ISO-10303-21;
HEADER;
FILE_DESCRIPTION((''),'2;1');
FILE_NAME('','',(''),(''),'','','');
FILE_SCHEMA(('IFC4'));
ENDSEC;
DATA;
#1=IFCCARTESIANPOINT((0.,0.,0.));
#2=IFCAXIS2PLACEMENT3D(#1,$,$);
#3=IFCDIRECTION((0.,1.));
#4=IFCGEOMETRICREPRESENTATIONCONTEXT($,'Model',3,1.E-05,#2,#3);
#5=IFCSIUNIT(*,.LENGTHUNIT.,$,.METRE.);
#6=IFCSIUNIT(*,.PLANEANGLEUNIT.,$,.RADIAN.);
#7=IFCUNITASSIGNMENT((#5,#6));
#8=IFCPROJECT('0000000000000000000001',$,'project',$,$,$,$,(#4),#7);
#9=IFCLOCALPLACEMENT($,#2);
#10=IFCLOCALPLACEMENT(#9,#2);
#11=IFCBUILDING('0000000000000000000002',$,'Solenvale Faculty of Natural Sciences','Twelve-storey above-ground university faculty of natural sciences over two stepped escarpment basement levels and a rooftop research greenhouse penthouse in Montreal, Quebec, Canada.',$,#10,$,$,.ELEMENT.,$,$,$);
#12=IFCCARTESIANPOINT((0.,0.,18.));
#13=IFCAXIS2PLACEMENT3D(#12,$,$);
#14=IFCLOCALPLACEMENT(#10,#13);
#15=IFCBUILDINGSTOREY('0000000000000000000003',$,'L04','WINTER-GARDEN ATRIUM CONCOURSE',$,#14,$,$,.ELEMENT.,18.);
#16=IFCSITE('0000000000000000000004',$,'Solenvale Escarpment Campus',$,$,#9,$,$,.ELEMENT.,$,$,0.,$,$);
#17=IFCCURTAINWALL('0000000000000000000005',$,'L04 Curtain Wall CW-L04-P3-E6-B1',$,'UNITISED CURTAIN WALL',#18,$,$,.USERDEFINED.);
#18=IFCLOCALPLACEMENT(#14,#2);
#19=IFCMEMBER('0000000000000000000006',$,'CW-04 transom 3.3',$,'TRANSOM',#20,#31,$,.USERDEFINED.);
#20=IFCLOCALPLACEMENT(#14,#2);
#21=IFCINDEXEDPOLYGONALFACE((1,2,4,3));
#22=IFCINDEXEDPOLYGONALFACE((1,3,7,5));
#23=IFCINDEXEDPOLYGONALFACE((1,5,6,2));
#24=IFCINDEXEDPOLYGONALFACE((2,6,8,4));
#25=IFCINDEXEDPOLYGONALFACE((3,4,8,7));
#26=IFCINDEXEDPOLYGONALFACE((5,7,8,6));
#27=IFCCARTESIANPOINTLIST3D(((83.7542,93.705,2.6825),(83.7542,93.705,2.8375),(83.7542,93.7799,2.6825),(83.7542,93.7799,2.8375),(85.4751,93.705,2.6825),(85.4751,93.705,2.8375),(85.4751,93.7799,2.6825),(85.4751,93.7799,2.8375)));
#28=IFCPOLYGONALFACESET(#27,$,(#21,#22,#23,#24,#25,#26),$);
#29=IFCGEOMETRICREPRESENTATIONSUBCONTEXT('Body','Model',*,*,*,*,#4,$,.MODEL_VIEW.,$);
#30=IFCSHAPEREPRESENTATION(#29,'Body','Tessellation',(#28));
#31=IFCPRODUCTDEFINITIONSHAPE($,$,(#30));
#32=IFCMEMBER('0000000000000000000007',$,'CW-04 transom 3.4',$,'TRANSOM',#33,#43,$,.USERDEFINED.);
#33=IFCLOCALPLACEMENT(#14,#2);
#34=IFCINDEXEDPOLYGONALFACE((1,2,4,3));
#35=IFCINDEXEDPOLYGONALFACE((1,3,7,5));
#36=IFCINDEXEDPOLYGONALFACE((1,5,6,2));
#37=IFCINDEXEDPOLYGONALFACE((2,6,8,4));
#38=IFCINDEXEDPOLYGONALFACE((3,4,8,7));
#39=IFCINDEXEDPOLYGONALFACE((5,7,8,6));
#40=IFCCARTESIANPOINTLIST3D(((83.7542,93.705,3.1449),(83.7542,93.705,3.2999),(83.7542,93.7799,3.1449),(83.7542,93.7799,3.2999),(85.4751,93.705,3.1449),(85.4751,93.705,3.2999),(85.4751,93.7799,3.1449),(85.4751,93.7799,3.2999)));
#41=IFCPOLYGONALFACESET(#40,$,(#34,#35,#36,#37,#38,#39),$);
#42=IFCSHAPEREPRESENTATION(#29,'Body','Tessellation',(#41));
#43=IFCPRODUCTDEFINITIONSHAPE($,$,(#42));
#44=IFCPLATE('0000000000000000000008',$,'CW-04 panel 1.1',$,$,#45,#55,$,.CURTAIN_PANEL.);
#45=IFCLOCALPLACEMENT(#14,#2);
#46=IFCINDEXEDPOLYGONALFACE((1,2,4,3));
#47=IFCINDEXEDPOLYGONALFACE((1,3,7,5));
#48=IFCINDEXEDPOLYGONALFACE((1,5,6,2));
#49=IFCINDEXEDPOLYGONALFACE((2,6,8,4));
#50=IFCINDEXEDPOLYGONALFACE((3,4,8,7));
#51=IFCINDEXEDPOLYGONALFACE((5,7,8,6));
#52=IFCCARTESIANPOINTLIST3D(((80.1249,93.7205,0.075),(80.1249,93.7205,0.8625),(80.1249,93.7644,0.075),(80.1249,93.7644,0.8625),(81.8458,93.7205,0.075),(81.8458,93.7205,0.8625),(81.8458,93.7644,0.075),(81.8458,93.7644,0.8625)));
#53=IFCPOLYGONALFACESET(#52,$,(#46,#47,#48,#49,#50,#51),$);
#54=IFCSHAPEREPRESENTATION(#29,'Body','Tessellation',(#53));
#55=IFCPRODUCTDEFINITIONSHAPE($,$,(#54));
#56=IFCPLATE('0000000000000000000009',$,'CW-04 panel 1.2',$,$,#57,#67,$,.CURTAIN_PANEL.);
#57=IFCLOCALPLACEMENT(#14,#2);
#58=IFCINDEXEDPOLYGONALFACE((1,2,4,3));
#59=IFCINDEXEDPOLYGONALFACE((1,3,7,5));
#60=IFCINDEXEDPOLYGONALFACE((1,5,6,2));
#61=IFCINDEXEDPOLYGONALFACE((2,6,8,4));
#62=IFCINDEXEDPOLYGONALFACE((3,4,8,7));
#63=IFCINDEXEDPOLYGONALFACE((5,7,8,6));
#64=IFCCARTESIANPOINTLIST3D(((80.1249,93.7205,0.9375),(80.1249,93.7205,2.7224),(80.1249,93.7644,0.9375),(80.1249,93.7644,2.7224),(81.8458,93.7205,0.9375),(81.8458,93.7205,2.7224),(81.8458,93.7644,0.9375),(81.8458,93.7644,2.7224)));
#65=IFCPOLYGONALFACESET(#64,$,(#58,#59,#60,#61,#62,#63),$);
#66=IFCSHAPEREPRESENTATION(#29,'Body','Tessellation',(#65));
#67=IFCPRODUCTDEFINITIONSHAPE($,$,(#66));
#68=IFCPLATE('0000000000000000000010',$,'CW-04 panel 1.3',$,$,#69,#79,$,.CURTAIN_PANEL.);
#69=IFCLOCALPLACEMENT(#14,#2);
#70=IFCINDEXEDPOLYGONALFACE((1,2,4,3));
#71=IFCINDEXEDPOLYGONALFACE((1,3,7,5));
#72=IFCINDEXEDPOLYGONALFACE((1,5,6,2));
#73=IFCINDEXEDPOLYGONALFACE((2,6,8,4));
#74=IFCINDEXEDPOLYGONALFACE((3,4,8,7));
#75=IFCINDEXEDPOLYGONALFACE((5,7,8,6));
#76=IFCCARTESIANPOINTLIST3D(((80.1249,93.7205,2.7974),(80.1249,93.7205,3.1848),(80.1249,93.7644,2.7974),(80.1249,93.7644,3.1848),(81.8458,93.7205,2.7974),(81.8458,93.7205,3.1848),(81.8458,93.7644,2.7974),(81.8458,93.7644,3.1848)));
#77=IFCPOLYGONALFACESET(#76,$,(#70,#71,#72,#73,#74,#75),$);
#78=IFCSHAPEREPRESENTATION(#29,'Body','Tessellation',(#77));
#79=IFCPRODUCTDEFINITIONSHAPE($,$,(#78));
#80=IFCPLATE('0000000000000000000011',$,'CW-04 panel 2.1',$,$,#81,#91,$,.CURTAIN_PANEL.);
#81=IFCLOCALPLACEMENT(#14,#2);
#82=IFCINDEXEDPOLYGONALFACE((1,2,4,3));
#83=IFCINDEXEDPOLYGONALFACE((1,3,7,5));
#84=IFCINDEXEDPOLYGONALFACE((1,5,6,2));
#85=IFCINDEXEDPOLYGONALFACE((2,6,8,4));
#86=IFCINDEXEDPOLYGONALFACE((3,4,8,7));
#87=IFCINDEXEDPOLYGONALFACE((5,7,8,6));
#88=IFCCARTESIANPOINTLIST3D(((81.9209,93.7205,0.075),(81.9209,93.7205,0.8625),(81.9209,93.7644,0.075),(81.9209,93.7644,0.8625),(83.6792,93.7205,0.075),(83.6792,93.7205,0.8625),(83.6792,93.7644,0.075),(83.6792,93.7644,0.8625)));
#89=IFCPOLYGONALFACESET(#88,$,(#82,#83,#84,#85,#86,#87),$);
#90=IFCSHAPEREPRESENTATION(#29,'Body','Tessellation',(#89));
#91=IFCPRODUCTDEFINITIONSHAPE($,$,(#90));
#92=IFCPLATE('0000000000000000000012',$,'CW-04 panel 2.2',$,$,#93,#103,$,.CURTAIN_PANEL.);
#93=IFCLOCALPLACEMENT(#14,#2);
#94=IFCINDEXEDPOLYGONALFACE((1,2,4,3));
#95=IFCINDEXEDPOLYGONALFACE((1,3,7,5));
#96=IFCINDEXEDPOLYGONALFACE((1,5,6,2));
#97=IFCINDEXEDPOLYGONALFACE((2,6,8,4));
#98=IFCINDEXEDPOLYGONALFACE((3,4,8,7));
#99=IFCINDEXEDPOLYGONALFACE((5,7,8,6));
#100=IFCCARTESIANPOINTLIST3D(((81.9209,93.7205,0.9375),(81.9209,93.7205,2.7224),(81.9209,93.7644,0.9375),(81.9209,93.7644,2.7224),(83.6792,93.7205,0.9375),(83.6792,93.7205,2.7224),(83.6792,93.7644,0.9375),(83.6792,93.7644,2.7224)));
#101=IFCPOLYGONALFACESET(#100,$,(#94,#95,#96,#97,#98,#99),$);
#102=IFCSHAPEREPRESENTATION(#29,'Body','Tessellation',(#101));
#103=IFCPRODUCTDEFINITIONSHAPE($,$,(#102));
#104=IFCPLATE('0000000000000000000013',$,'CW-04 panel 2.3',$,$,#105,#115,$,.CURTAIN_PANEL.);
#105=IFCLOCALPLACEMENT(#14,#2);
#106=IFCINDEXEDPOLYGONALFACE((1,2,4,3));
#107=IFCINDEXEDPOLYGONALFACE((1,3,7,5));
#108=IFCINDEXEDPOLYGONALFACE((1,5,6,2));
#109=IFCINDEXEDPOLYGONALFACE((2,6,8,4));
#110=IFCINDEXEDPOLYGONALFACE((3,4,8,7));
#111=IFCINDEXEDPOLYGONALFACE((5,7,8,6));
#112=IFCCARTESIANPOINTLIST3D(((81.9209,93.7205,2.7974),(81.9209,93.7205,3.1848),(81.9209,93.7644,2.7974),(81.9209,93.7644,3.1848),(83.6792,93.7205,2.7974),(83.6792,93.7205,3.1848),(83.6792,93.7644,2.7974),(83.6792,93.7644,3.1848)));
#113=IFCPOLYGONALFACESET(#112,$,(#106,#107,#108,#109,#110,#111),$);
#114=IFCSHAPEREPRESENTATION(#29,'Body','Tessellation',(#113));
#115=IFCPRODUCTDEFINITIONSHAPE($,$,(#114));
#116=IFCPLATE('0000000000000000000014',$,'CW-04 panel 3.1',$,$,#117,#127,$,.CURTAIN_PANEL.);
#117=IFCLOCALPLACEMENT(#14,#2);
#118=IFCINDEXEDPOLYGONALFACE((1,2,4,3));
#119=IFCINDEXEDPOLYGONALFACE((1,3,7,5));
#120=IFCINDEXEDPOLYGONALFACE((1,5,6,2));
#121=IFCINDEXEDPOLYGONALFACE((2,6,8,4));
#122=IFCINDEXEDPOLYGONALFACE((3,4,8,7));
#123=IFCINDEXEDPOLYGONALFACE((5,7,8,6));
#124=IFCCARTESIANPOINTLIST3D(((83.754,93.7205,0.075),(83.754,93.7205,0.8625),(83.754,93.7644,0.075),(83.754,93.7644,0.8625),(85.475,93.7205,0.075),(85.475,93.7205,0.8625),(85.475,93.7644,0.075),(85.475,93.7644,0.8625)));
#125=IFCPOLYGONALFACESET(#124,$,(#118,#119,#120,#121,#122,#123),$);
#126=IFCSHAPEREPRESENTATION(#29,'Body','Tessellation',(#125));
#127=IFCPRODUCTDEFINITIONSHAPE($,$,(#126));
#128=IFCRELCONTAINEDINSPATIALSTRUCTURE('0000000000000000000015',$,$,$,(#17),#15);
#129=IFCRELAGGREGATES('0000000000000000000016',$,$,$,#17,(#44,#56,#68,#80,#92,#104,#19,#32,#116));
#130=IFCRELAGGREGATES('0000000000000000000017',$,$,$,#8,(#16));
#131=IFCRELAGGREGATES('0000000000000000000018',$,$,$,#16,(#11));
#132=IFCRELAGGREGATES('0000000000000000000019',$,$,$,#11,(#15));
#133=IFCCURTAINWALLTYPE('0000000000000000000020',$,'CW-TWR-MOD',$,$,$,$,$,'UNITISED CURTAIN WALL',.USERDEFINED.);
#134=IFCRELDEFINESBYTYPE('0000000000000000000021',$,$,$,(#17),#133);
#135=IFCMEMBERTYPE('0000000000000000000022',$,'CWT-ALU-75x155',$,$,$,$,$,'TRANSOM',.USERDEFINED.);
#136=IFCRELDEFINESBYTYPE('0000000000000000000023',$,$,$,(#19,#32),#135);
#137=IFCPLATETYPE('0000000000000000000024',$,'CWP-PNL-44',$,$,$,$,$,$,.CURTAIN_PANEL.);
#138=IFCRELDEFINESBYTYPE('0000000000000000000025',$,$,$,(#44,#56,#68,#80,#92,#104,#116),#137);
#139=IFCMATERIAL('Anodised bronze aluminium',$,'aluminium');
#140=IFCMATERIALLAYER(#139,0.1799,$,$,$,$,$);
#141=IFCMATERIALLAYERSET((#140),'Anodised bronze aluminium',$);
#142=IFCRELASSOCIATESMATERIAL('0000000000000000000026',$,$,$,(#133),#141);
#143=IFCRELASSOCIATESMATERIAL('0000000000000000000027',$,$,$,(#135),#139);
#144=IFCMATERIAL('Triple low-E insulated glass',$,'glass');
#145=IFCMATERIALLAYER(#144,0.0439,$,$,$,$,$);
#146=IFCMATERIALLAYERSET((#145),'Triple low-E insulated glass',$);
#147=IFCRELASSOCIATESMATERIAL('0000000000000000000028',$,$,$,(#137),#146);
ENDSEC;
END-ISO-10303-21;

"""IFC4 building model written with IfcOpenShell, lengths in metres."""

from ifc_helpers import new_model, si_unit, direction, frame, origin, origin_2d, place, context, subcontext, project, spatial, rectangle, extrude, material, layer, layer_set, material_profile, profile_set, type_object, element, aggregate, save


model = new_model("IFC4")

# Units and contexts
model_context = context("Model", 3, precision=1e-05, world=origin(), true_north=direction((0.0, 1.0)))
body_context = subcontext(model_context, "Body", "Model", "MODEL_VIEW")
ifc_project = project(units=[si_unit("LENGTHUNIT", "METRE"), si_unit("PLANEANGLEUNIT", "RADIAN")], contexts=[model_context])

# Site, building, storey
site_placement = place(None, origin())
site = spatial("IfcSite", under=ifc_project, at=site_placement, Name="Solenvale Escarpment Campus", CompositionType="ELEMENT", RefElevation=0.0)
building_placement = place(site_placement, origin())
building = spatial("IfcBuilding", under=site, at=building_placement, Name="Solenvale Faculty of Natural Sciences", Description="Twelve-storey above-ground university faculty of natural sciences over two stepped escarpment basement levels and a rooftop research greenhouse penthouse in Montreal, Quebec, Canada.", CompositionType="ELEMENT")
storey_placement = place(building_placement, frame((0.0, 0.0, 18.0)))
storey = spatial("IfcBuildingStorey", under=building, at=storey_placement, Name="L04", Description="WINTER-GARDEN ATRIUM CONCOURSE", CompositionType="ELEMENT", Elevation=18.0)

# Curtain wall, members, plates
ifc_material_1 = material(Name="Anodised bronze aluminium", Category="aluminium")
ifc_layer_1 = layer(ifc_material_1, 0.1799)
ifc_layer_set_1 = layer_set([ifc_layer_1], Name="Anodised bronze aluminium")
curtain_wall_type = type_object("IfcCurtainWallType", Name="CW-TWR-MOD", ElementType="UNITISED CURTAIN WALL", PredefinedType="USERDEFINED", material=ifc_layer_set_1)
curtain_wall_placement = place(storey_placement, origin())
curtain_wall = element("IfcCurtainWall", 1, at=curtain_wall_placement, inside=storey, type_object=curtain_wall_type, Name="L04 Curtain Wall CW-L04-P3-E6-B1", ObjectType="UNITISED CURTAIN WALL", PredefinedType="USERDEFINED")
ifc_material_profile_1 = material_profile(ifc_material_1, rectangle(XDim=0.075, YDim=0.155, at=origin_2d()), Name="ALU-TRN-75x155")
ifc_profile_set_1 = profile_set([ifc_material_profile_1], Name="Anodised bronze aluminium")
member_type_1 = type_object("IfcMemberType", Name="CWT-ALU-75x155", ElementType="TRANSOM", PredefinedType="USERDEFINED", material=ifc_profile_set_1)
member_1_placement = place(storey_placement, frame((83.7542, 93.7424, 2.76), z_axis=(1.0, 0.0, 0.0), x_axis=(0.0, 1.0, 0.0)))
member_1 = element("IfcMember", 2, at=member_1_placement, type_object=member_type_1, Name="CW-04 transom 3.3", ObjectType="TRANSOM", PredefinedType="USERDEFINED", context=body_context, shape_type="SweptSolid", body=[
    extrude(rectangle(XDim=0.075, YDim=0.155, at=origin_2d()), origin(), (0.0, 0.0, 1.0), 1.7209),
])
member_2_placement = place(storey_placement, frame((83.7542, 93.7424, 3.2224), z_axis=(1.0, 0.0, 0.0), x_axis=(0.0, 1.0, 0.0)))
member_2 = element("IfcMember", 3, at=member_2_placement, type_object=member_type_1, Name="CW-04 transom 3.4", ObjectType="TRANSOM", PredefinedType="USERDEFINED", context=body_context, shape_type="SweptSolid", body=[
    extrude(rectangle(XDim=0.075, YDim=0.155, at=origin_2d()), origin(), (0.0, 0.0, 1.0), 1.7209),
])
ifc_material_2 = material(Name="Triple low-E insulated glass", Category="glass")
ifc_layer_2 = layer(ifc_material_2, 0.0439)
ifc_layer_set_2 = layer_set([ifc_layer_2], Name="Triple low-E insulated glass")
plate_type = type_object("IfcPlateType", Name="CWP-PNL-44", PredefinedType="CURTAIN_PANEL", material=ifc_layer_set_2)
plate_1_placement = place(storey_placement, frame((80.9854, 93.7424, 0.075), z_axis=(0.0, 0.0, 1.0), x_axis=(1.0, 0.0, 0.0)))
plate_1 = element("IfcPlate", 4, at=plate_1_placement, type_object=plate_type, Name="CW-04 panel 1.1", PredefinedType="CURTAIN_PANEL", context=body_context, shape_type="SweptSolid", body=[
    extrude(rectangle(XDim=1.7209, YDim=0.0439, at=origin_2d()), origin(), (0.0, 0.0, 1.0), 0.7876),
])
plate_2_placement = place(storey_placement, frame((80.9854, 93.7424, 0.9375), z_axis=(0.0, 0.0, 1.0), x_axis=(1.0, 0.0, 0.0)))
plate_2 = element("IfcPlate", 5, at=plate_2_placement, type_object=plate_type, Name="CW-04 panel 1.2", PredefinedType="CURTAIN_PANEL", context=body_context, shape_type="SweptSolid", body=[
    extrude(rectangle(XDim=1.7209, YDim=0.0439, at=origin_2d()), origin(), (0.0, 0.0, 1.0), 1.7849),
])
plate_3_placement = place(storey_placement, frame((80.9854, 93.7424, 2.7974), z_axis=(0.0, 0.0, 1.0), x_axis=(1.0, 0.0, 0.0)))
plate_3 = element("IfcPlate", 6, at=plate_3_placement, type_object=plate_type, Name="CW-04 panel 1.3", PredefinedType="CURTAIN_PANEL", context=body_context, shape_type="SweptSolid", body=[
    extrude(rectangle(XDim=1.7209, YDim=0.0439, at=origin_2d()), origin(), (0.0, 0.0, 1.0), 0.3875),
])
plate_4_placement = place(storey_placement, frame((82.8, 93.7424, 0.075), z_axis=(0.0, 0.0, 1.0), x_axis=(1.0, 0.0, 0.0)))
plate_4 = element("IfcPlate", 7, at=plate_4_placement, type_object=plate_type, Name="CW-04 panel 2.1", PredefinedType="CURTAIN_PANEL", context=body_context, shape_type="SweptSolid", body=[
    extrude(rectangle(XDim=1.7583, YDim=0.0439, at=origin_2d()), origin(), (0.0, 0.0, 1.0), 0.7876),
])
plate_5_placement = place(storey_placement, frame((82.8, 93.7424, 0.9375), z_axis=(0.0, 0.0, 1.0), x_axis=(1.0, 0.0, 0.0)))
plate_5 = element("IfcPlate", 8, at=plate_5_placement, type_object=plate_type, Name="CW-04 panel 2.2", PredefinedType="CURTAIN_PANEL", context=body_context, shape_type="SweptSolid", body=[
    extrude(rectangle(XDim=1.7583, YDim=0.0439, at=origin_2d()), origin(), (0.0, 0.0, 1.0), 1.7849),
])
plate_6_placement = place(storey_placement, frame((82.8, 93.7424, 2.7974), z_axis=(0.0, 0.0, 1.0), x_axis=(1.0, 0.0, 0.0)))
plate_6 = element("IfcPlate", 9, at=plate_6_placement, type_object=plate_type, Name="CW-04 panel 2.3", PredefinedType="CURTAIN_PANEL", context=body_context, shape_type="SweptSolid", body=[
    extrude(rectangle(XDim=1.7583, YDim=0.0439, at=origin_2d()), origin(), (0.0, 0.0, 1.0), 0.3875),
])
plate_7_placement = place(storey_placement, frame((84.6145, 93.7424, 0.075), z_axis=(0.0, 0.0, 1.0), x_axis=(1.0, 0.0, 0.0)))
plate_7 = element("IfcPlate", 10, at=plate_7_placement, type_object=plate_type, Name="CW-04 panel 3.1", PredefinedType="CURTAIN_PANEL", context=body_context, shape_type="SweptSolid", body=[
    extrude(rectangle(XDim=1.7209, YDim=0.0439, at=origin_2d()), origin(), (0.0, 0.0, 1.0), 0.7876),
])
aggregate(curtain_wall, [plate_1, plate_2, plate_3, plate_4, plate_5, plate_6, member_1, member_2, plate_7])

save(model, "model.ifc")
